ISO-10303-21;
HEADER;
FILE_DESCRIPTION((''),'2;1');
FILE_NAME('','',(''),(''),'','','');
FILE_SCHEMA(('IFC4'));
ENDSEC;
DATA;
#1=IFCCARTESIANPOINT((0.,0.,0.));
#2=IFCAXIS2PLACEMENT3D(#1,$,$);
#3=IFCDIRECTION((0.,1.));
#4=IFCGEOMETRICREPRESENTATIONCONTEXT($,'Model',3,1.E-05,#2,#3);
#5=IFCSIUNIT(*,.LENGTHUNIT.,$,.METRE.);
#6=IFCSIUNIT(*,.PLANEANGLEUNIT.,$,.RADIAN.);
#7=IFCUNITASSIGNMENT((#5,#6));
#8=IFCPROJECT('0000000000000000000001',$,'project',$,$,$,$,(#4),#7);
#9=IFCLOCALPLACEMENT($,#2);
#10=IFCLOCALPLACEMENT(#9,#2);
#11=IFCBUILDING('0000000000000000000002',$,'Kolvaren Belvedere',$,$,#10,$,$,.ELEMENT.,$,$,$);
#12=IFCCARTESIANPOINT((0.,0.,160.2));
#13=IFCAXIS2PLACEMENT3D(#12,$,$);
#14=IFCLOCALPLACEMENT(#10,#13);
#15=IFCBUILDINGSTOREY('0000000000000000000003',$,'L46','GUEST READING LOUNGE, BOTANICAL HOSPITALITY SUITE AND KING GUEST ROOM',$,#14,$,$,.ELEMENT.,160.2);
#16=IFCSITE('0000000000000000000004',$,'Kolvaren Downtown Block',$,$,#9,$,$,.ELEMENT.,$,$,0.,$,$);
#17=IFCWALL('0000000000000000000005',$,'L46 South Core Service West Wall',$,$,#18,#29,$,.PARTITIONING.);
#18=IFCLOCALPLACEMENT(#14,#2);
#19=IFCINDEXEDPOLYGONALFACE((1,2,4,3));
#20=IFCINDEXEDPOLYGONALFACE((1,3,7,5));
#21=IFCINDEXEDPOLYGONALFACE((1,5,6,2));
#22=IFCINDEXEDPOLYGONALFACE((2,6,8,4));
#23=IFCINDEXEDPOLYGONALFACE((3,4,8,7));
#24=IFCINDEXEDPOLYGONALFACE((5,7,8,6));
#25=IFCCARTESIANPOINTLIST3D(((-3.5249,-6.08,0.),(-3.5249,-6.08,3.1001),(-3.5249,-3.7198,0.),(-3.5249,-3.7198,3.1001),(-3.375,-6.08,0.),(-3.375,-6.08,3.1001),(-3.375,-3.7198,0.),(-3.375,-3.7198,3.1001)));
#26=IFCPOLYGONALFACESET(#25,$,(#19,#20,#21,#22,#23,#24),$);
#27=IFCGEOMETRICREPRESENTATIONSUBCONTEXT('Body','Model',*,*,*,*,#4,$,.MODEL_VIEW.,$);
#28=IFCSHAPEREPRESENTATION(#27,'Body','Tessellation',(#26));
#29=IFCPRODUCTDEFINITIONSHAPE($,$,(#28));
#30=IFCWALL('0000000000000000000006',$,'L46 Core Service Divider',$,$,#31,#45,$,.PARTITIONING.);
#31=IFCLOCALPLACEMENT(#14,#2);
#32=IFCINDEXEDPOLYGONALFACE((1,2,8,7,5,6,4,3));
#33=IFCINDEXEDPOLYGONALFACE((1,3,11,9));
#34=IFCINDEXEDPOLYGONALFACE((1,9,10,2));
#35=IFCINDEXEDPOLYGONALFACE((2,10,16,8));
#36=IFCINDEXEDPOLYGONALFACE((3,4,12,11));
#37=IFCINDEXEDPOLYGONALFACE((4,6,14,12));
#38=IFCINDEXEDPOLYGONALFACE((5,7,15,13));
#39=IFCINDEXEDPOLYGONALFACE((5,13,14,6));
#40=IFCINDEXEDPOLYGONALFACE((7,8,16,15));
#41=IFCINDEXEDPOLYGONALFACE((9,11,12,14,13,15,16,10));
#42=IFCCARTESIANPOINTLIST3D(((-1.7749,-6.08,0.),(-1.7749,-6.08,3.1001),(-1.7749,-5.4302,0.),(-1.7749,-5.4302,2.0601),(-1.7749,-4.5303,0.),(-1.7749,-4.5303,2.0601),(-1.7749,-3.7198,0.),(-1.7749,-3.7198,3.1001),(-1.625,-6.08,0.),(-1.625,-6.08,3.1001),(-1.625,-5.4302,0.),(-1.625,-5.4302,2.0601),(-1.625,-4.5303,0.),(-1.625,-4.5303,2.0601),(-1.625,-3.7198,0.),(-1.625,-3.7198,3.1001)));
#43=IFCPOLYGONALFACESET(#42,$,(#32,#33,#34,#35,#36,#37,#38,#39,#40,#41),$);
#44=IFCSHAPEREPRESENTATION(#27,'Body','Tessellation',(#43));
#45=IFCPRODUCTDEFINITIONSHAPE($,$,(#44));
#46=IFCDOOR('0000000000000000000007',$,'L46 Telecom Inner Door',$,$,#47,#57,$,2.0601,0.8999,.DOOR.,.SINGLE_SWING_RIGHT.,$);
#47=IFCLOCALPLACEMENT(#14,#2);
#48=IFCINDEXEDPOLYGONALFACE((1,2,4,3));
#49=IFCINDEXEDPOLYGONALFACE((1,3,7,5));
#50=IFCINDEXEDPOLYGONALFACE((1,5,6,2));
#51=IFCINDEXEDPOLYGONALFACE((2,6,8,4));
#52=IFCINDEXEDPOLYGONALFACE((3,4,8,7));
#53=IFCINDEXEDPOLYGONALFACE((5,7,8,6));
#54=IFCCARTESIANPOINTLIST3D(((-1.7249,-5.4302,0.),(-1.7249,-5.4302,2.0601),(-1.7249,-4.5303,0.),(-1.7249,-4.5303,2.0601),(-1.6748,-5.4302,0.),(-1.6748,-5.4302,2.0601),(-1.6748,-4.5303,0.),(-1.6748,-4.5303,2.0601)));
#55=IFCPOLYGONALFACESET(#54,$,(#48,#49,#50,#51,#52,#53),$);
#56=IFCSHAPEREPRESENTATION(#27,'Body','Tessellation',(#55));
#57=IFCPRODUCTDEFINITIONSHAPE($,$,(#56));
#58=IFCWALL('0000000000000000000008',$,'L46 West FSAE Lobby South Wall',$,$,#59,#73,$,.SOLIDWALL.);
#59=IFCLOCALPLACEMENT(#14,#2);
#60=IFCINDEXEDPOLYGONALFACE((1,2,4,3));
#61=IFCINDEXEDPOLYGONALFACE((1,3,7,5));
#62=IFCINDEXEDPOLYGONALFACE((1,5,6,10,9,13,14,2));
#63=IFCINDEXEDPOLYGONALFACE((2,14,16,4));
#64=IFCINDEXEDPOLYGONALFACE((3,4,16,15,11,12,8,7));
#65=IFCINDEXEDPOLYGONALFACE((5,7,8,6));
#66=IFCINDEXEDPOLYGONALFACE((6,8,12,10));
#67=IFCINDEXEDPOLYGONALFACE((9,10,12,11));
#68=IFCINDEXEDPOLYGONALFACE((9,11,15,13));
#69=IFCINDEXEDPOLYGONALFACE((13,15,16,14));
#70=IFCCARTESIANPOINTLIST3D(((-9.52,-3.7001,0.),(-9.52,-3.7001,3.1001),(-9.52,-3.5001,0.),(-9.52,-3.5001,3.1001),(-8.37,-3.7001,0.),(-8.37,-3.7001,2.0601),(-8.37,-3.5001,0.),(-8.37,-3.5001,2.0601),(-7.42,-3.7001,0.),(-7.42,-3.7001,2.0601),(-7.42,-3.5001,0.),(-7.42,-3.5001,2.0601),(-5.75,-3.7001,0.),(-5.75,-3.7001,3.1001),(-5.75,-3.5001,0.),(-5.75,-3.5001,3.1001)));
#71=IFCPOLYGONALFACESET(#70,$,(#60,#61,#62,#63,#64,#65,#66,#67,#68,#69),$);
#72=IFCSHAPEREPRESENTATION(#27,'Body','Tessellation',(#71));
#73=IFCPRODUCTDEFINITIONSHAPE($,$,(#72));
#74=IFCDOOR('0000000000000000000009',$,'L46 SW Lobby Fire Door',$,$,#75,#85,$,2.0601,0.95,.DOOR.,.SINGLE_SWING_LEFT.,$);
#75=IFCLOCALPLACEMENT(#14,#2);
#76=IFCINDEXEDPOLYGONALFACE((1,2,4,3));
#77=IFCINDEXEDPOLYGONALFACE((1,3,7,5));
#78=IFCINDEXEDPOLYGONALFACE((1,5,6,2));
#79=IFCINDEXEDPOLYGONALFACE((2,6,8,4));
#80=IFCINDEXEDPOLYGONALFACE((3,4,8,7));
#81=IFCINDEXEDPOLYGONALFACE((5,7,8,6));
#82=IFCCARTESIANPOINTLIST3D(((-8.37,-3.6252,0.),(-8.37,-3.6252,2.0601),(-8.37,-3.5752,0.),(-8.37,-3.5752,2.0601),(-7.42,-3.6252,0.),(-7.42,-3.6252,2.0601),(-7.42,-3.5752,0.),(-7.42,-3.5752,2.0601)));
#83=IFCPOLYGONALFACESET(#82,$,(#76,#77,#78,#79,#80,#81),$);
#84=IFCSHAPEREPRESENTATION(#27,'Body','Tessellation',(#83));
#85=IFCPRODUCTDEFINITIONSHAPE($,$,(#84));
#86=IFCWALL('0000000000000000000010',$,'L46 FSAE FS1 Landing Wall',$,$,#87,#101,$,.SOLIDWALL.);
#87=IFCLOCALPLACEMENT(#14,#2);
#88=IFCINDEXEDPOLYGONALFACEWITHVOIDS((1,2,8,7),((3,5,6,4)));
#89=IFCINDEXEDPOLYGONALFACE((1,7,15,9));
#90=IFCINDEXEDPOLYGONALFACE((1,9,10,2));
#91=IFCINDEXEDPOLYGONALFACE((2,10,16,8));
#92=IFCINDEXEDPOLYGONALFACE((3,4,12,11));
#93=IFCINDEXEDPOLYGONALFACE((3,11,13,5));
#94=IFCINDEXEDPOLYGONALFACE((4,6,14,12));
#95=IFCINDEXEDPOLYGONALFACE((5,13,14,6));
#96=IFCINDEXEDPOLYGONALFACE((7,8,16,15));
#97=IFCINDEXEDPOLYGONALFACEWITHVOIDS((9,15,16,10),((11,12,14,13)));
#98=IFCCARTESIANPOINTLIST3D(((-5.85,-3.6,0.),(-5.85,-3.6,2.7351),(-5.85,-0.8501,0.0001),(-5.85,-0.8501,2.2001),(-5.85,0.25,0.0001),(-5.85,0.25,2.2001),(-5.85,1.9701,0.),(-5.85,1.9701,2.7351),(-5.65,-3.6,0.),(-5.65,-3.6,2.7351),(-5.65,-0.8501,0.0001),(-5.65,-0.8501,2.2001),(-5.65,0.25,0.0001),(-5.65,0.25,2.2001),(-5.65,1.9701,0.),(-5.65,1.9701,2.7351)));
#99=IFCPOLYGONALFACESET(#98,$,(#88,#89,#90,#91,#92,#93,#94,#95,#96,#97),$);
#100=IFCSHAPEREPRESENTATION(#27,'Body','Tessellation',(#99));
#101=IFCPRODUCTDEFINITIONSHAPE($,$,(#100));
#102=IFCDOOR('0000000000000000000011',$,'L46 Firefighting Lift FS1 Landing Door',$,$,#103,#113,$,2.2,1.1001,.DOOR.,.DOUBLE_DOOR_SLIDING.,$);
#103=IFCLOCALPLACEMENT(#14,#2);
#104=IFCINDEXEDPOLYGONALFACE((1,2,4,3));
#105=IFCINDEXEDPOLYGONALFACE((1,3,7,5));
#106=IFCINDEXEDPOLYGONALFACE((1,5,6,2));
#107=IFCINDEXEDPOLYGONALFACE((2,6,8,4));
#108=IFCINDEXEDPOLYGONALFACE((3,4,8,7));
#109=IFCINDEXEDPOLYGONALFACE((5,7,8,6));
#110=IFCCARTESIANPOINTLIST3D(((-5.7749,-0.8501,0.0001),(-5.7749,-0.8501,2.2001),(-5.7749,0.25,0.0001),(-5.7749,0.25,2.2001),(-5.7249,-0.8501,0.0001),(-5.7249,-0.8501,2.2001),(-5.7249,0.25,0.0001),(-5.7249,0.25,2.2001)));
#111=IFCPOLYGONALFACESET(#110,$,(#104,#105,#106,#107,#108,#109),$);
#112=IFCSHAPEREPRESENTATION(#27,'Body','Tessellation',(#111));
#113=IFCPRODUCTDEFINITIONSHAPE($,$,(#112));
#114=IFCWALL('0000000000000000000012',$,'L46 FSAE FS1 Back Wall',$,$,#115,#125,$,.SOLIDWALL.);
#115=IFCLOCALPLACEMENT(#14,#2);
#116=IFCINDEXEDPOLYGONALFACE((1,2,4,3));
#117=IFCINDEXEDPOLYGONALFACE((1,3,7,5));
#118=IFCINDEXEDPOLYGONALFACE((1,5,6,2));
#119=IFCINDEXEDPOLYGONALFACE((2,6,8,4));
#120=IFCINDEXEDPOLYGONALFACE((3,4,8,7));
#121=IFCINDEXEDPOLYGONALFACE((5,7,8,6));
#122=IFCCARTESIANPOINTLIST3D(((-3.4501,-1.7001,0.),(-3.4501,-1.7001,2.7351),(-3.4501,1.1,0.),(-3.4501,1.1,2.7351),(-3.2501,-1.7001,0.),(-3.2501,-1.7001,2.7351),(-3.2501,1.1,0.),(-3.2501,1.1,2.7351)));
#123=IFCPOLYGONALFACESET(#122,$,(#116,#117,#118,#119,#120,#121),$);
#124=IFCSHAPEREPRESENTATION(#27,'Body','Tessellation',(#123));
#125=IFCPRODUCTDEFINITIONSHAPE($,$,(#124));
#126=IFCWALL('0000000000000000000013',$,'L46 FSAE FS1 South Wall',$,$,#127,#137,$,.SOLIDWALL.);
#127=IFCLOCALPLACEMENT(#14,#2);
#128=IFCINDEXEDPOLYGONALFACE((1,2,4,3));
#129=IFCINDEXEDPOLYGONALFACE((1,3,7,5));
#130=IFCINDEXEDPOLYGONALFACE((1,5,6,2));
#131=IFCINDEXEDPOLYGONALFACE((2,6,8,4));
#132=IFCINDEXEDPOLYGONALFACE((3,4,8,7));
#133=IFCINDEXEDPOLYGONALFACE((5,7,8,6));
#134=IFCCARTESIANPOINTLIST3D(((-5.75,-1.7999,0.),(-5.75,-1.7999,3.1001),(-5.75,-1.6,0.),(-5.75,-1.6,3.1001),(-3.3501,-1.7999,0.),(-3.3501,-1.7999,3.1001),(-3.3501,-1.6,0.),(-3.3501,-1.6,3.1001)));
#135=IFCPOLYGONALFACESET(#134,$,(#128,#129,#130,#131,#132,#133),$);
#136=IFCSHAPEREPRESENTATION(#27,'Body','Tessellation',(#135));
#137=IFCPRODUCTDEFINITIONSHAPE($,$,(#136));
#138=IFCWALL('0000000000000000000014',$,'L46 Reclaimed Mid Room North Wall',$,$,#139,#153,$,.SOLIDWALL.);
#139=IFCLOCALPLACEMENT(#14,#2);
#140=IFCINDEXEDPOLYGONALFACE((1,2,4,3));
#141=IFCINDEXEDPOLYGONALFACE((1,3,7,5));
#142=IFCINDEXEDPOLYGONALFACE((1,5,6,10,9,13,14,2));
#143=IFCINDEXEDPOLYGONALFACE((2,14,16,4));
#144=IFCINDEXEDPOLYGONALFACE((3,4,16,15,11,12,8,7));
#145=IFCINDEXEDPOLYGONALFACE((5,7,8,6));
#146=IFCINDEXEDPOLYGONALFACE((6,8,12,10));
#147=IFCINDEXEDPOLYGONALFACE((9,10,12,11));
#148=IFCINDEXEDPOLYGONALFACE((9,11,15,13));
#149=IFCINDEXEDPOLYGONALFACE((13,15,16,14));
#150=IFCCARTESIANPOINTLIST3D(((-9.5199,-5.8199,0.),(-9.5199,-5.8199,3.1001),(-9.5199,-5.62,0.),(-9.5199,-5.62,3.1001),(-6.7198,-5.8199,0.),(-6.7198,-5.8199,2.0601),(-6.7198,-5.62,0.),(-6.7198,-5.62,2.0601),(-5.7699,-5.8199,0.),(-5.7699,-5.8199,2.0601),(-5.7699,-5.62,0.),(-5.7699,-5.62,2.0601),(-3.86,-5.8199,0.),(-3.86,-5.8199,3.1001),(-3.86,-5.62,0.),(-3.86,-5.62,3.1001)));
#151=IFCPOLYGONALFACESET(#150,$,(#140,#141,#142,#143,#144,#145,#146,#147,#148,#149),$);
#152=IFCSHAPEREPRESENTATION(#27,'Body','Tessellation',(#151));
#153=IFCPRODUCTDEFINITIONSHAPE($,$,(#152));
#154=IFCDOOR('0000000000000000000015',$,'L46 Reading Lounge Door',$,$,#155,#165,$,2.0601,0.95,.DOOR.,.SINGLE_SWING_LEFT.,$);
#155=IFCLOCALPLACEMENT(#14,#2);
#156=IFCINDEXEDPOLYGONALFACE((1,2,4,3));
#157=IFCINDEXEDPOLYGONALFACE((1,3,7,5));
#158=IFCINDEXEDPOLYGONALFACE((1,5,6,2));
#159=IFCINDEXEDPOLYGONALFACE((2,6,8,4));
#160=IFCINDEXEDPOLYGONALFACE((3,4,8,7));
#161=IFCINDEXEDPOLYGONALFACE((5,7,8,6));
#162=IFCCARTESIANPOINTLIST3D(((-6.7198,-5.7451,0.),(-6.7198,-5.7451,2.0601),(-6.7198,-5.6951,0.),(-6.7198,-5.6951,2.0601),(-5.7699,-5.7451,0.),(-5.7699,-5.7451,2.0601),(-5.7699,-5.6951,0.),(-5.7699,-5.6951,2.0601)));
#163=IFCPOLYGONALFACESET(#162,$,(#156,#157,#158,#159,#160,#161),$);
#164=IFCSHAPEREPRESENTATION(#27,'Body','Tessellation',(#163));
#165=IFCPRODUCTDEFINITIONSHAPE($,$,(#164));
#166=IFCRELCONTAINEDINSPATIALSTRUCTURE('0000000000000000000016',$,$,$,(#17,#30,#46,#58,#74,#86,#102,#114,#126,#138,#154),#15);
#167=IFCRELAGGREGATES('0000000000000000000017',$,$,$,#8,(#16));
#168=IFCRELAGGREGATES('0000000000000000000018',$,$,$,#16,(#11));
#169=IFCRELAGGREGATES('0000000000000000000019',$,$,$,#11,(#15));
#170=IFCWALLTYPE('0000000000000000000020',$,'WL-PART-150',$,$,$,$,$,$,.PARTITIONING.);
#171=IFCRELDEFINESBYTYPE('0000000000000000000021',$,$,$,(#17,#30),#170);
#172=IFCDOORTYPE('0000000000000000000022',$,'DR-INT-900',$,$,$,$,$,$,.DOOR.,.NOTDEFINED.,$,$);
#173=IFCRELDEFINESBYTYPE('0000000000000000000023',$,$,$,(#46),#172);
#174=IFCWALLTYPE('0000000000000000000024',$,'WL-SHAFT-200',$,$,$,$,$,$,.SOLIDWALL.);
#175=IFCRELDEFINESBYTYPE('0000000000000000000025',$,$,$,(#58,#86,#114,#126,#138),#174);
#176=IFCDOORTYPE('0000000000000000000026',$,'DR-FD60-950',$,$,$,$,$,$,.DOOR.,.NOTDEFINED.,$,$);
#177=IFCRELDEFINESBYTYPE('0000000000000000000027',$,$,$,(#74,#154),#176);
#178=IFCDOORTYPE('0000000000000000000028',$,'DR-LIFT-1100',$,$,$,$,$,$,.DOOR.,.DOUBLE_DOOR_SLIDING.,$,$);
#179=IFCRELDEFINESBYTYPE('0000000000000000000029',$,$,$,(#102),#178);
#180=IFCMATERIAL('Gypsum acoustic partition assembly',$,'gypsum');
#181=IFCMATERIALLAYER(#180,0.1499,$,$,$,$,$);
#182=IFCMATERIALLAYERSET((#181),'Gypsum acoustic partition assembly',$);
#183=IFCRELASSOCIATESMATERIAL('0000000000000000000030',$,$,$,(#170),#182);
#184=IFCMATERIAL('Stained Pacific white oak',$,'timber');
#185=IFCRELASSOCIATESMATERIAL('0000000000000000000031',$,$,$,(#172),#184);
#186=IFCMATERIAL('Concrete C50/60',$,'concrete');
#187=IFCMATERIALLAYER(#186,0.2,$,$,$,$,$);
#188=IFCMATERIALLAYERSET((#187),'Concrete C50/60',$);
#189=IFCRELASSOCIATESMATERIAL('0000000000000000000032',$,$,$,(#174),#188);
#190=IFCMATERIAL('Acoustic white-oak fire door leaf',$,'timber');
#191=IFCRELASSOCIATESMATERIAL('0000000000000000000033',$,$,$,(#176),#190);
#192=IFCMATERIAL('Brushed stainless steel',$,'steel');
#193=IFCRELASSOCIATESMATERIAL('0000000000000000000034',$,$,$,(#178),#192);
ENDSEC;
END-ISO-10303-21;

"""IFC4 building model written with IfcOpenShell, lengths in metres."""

from ifc_helpers import new_model, si_unit, direction, frame, frame_2d, origin, place, context, subcontext, project, spatial, rectangle, extrude, material, layer, layer_set, type_object, element, fill, save


model = new_model("IFC4")

# Units and contexts
model_context = context("Model", 3, precision=1e-05, world=origin(), true_north=direction((0.0, 1.0)))
body_context = subcontext(model_context, "Body", "Model", "MODEL_VIEW")
ifc_project = project(units=[si_unit("LENGTHUNIT", "METRE"), si_unit("PLANEANGLEUNIT", "RADIAN")], contexts=[model_context])

# Site, building, storey
site_placement = place(None, origin())
site = spatial("IfcSite", under=ifc_project, at=site_placement, Name="Kolvaren Downtown Block", CompositionType="ELEMENT", RefElevation=0.0)
building_placement = place(site_placement, origin())
building = spatial("IfcBuilding", under=site, at=building_placement, Name="Kolvaren Belvedere", CompositionType="ELEMENT")
storey_placement = place(building_placement, frame((0.0, 0.0, 160.2)))
storey = spatial("IfcBuildingStorey", under=building, at=storey_placement, Name="L46", Description="GUEST READING LOUNGE, BOTANICAL HOSPITALITY SUITE AND KING GUEST ROOM", CompositionType="ELEMENT", Elevation=160.2)

# Shared definitions
ifc_material_1 = material(Name="Gypsum acoustic partition assembly", Category="gypsum")
ifc_layer_1 = layer(ifc_material_1, 0.1499)
ifc_layer_set_1 = layer_set([ifc_layer_1], Name="Gypsum acoustic partition assembly")
wall_type_1 = type_object("IfcWallType", Name="WL-PART-150", PredefinedType="PARTITIONING", material=ifc_layer_set_1)

# Wall
wall_1_placement = place(storey_placement, frame((-3.45, -6.0801, 0.0), z_axis=(0.0, 0.0, 1.0), x_axis=(0.0, 1.0, 0.0)))
element("IfcWall", 1, at=wall_1_placement, inside=storey, type_object=wall_type_1, Name="L46 South Core Service West Wall", PredefinedType="PARTITIONING", context=body_context, shape_type="SweptSolid", body=[
    extrude(rectangle(XDim=2.3601, YDim=0.1499, at=frame_2d((1.1802, 0.0))), origin(), (0.0, 0.0, 1.0), 3.1001),
])

# Walls, openings, doors
wall_2_placement = place(storey_placement, frame((-1.7, -6.0801, 0.0), z_axis=(0.0, 0.0, 1.0), x_axis=(0.0, 1.0, 0.0)))
wall_2 = element("IfcWall", 2, at=wall_2_placement, inside=storey, type_object=wall_type_1, Name="L46 Core Service Divider", PredefinedType="PARTITIONING", context=body_context, shape_type="SweptSolid", body=[
    extrude(rectangle(XDim=2.3601, YDim=0.1499, at=frame_2d((1.1802, 0.0))), origin(), (0.0, 0.0, 1.0), 3.1001),
])
opening_1_placement = place(wall_2_placement, frame((0.6499, 0.0, 0.0)))
opening_1 = element("IfcOpeningElement", 3, at=opening_1_placement, cuts=wall_2, PredefinedType="OPENING", context=body_context, shape_type="SweptSolid", body=[
    extrude(rectangle(XDim=0.8999, YDim=2.0601, at=frame_2d((0.45, 1.03))), frame((0.0, 0.085, 0.0), z_axis=(0.0, -1.0, 0.0), x_axis=(1.0, 0.0, 0.0)), (0.0, 0.0, 1.0), 0.1699),
])
ifc_material_2 = material(Name="Stained Pacific white oak", Category="timber")
door_type_1 = type_object("IfcDoorType", Name="DR-INT-900", OperationType="NOTDEFINED", PredefinedType="DOOR", material=ifc_material_2)
door_1_placement = place(opening_1_placement, origin())
door_1 = element("IfcDoor", 4, at=door_1_placement, inside=storey, type_object=door_type_1, Name="L46 Telecom Inner Door", OperationType="SINGLE_SWING_RIGHT", OverallHeight=2.0601, OverallWidth=0.8999, PredefinedType="DOOR", context=body_context, shape_type="SweptSolid", body=[
    extrude(rectangle(XDim=0.8999, YDim=2.0601, at=frame_2d((0.45, 1.03))), frame((0.0, 0.0249, 0.0), z_axis=(0.0, -1.0, 0.0), x_axis=(1.0, 0.0, 0.0)), (0.0, 0.0, 1.0), 0.05),
])
fill(opening_1, door_1)
ifc_material_3 = material(Name="Concrete C50/60", Category="concrete")
ifc_layer_2 = layer(ifc_material_3, 0.2)
ifc_layer_set_2 = layer_set([ifc_layer_2], Name="Concrete C50/60")
wall_type_2 = type_object("IfcWallType", Name="WL-SHAFT-200", PredefinedType="SOLIDWALL", material=ifc_layer_set_2)
wall_3_placement = place(storey_placement, frame((-9.52, -3.6001, 0.0), z_axis=(0.0, 0.0, 1.0), x_axis=(1.0, 0.0, 0.0)))
wall_3 = element("IfcWall", 5, at=wall_3_placement, inside=storey, type_object=wall_type_2, Name="L46 West FSAE Lobby South Wall", PredefinedType="SOLIDWALL", context=body_context, shape_type="SweptSolid", body=[
    extrude(rectangle(XDim=3.77, YDim=0.2, at=frame_2d((1.885, 0.0))), origin(), (0.0, 0.0, 1.0), 3.1001),
])
opening_2_placement = place(wall_3_placement, frame((1.1499, 0.0, 0.0)))
opening_2 = element("IfcOpeningElement", 6, at=opening_2_placement, cuts=wall_3, PredefinedType="OPENING", context=body_context, shape_type="SweptSolid", body=[
    extrude(rectangle(XDim=0.95, YDim=2.0601, at=frame_2d((0.4751, 1.03))), frame((0.0, 0.1099, 0.0), z_axis=(0.0, -1.0, 0.0), x_axis=(1.0, 0.0, 0.0)), (0.0, 0.0, 1.0), 0.22),
])
ifc_material_4 = material(Name="Acoustic white-oak fire door leaf", Category="timber")
door_type_2 = type_object("IfcDoorType", Name="DR-FD60-950", OperationType="NOTDEFINED", PredefinedType="DOOR", material=ifc_material_4)
door_2_placement = place(opening_2_placement, origin())
door_2 = element("IfcDoor", 7, at=door_2_placement, inside=storey, type_object=door_type_2, Name="L46 SW Lobby Fire Door", OperationType="SINGLE_SWING_LEFT", OverallHeight=2.0601, OverallWidth=0.95, PredefinedType="DOOR", context=body_context, shape_type="SweptSolid", body=[
    extrude(rectangle(XDim=0.95, YDim=2.0601, at=frame_2d((0.4751, 1.03))), frame((0.0, 0.0249, 0.0), z_axis=(0.0, -1.0, 0.0), x_axis=(1.0, 0.0, 0.0)), (0.0, 0.0, 1.0), 0.05),
])
fill(opening_2, door_2)
wall_4_placement = place(storey_placement, frame((-5.75, -3.6001, 0.0), z_axis=(0.0, 0.0, 1.0), x_axis=(0.0, 1.0, 0.0)))
wall_4 = element("IfcWall", 8, at=wall_4_placement, inside=storey, type_object=wall_type_2, Name="L46 FSAE FS1 Landing Wall", PredefinedType="SOLIDWALL", context=body_context, shape_type="SweptSolid", body=[
    extrude(rectangle(XDim=5.5701, YDim=0.2, at=frame_2d((2.7852, 0.0))), origin(), (0.0, 0.0, 1.0), 2.7351),
])
opening_3_placement = place(wall_4_placement, frame((2.75, 0.0, 0.0)))
opening_3 = element("IfcOpeningElement", 9, at=opening_3_placement, cuts=wall_4, PredefinedType="OPENING", context=body_context, shape_type="SweptSolid", body=[
    extrude(rectangle(XDim=1.1001, YDim=2.2, at=frame_2d((0.55, 1.1001))), frame((0.0, 0.1099, 0.0), z_axis=(0.0, -1.0, 0.0), x_axis=(1.0, 0.0, 0.0)), (0.0, 0.0, 1.0), 0.22),
])
ifc_material_5 = material(Name="Brushed stainless steel", Category="steel")
door_type_3 = type_object("IfcDoorType", Name="DR-LIFT-1100", OperationType="DOUBLE_DOOR_SLIDING", PredefinedType="DOOR", material=ifc_material_5)
door_3_placement = place(opening_3_placement, origin())
door_3 = element("IfcDoor", 10, at=door_3_placement, inside=storey, type_object=door_type_3, Name="L46 Firefighting Lift FS1 Landing Door", OperationType="DOUBLE_DOOR_SLIDING", OverallHeight=2.2, OverallWidth=1.1001, PredefinedType="DOOR", context=body_context, shape_type="SweptSolid", body=[
    extrude(rectangle(XDim=1.1001, YDim=2.2, at=frame_2d((0.55, 1.1001))), frame((0.0, 0.0249, 0.0), z_axis=(0.0, -1.0, 0.0), x_axis=(1.0, 0.0, 0.0)), (0.0, 0.0, 1.0), 0.05),
])
fill(opening_3, door_3)

# Walls
wall_5_placement = place(storey_placement, frame((-3.3501, -1.7, 0.0), z_axis=(0.0, 0.0, 1.0), x_axis=(0.0, 1.0, 0.0)))
element("IfcWall", 11, at=wall_5_placement, inside=storey, type_object=wall_type_2, Name="L46 FSAE FS1 Back Wall", PredefinedType="SOLIDWALL", context=body_context, shape_type="SweptSolid", body=[
    extrude(rectangle(XDim=2.8, YDim=0.2, at=frame_2d((1.3999, 0.0))), origin(), (0.0, 0.0, 1.0), 2.7351),
])
wall_6_placement = place(storey_placement, frame((-5.75, -1.7, 0.0), z_axis=(0.0, 0.0, 1.0), x_axis=(1.0, 0.0, 0.0)))
element("IfcWall", 12, at=wall_6_placement, inside=storey, type_object=wall_type_2, Name="L46 FSAE FS1 South Wall", PredefinedType="SOLIDWALL", context=body_context, shape_type="SweptSolid", body=[
    extrude(rectangle(XDim=2.3999, YDim=0.2, at=frame_2d((1.2, 0.0))), origin(), (0.0, 0.0, 1.0), 3.1001),
])

# Wall, opening, door
wall_7_placement = place(storey_placement, frame((-9.52, -5.72, 0.0), z_axis=(0.0, 0.0, 1.0), x_axis=(1.0, 0.0, 0.0)))
wall_7 = element("IfcWall", 13, at=wall_7_placement, inside=storey, type_object=wall_type_2, Name="L46 Reclaimed Mid Room North Wall", PredefinedType="SOLIDWALL", context=body_context, shape_type="SweptSolid", body=[
    extrude(rectangle(XDim=5.6599, YDim=0.2, at=frame_2d((2.8301, 0.0))), origin(), (0.0, 0.0, 1.0), 3.1001),
])
opening_4_placement = place(wall_7_placement, frame((2.8, 0.0, 0.0)))
opening_4 = element("IfcOpeningElement", 14, at=opening_4_placement, cuts=wall_7, PredefinedType="OPENING", context=body_context, shape_type="SweptSolid", body=[
    extrude(rectangle(XDim=0.95, YDim=2.0601, at=frame_2d((0.4751, 1.03))), frame((0.0, 0.1099, 0.0), z_axis=(0.0, -1.0, 0.0), x_axis=(1.0, 0.0, 0.0)), (0.0, 0.0, 1.0), 0.22),
])
door_4_placement = place(opening_4_placement, origin())
door_4 = element("IfcDoor", 15, at=door_4_placement, inside=storey, type_object=door_type_2, Name="L46 Reading Lounge Door", OperationType="SINGLE_SWING_LEFT", OverallHeight=2.0601, OverallWidth=0.95, PredefinedType="DOOR", context=body_context, shape_type="SweptSolid", body=[
    extrude(rectangle(XDim=0.95, YDim=2.0601, at=frame_2d((0.4751, 1.03))), frame((0.0, 0.0249, 0.0), z_axis=(0.0, -1.0, 0.0), x_axis=(1.0, 0.0, 0.0)), (0.0, 0.0, 1.0), 0.05),
])
fill(opening_4, door_4)

save(model, "model.ifc")
